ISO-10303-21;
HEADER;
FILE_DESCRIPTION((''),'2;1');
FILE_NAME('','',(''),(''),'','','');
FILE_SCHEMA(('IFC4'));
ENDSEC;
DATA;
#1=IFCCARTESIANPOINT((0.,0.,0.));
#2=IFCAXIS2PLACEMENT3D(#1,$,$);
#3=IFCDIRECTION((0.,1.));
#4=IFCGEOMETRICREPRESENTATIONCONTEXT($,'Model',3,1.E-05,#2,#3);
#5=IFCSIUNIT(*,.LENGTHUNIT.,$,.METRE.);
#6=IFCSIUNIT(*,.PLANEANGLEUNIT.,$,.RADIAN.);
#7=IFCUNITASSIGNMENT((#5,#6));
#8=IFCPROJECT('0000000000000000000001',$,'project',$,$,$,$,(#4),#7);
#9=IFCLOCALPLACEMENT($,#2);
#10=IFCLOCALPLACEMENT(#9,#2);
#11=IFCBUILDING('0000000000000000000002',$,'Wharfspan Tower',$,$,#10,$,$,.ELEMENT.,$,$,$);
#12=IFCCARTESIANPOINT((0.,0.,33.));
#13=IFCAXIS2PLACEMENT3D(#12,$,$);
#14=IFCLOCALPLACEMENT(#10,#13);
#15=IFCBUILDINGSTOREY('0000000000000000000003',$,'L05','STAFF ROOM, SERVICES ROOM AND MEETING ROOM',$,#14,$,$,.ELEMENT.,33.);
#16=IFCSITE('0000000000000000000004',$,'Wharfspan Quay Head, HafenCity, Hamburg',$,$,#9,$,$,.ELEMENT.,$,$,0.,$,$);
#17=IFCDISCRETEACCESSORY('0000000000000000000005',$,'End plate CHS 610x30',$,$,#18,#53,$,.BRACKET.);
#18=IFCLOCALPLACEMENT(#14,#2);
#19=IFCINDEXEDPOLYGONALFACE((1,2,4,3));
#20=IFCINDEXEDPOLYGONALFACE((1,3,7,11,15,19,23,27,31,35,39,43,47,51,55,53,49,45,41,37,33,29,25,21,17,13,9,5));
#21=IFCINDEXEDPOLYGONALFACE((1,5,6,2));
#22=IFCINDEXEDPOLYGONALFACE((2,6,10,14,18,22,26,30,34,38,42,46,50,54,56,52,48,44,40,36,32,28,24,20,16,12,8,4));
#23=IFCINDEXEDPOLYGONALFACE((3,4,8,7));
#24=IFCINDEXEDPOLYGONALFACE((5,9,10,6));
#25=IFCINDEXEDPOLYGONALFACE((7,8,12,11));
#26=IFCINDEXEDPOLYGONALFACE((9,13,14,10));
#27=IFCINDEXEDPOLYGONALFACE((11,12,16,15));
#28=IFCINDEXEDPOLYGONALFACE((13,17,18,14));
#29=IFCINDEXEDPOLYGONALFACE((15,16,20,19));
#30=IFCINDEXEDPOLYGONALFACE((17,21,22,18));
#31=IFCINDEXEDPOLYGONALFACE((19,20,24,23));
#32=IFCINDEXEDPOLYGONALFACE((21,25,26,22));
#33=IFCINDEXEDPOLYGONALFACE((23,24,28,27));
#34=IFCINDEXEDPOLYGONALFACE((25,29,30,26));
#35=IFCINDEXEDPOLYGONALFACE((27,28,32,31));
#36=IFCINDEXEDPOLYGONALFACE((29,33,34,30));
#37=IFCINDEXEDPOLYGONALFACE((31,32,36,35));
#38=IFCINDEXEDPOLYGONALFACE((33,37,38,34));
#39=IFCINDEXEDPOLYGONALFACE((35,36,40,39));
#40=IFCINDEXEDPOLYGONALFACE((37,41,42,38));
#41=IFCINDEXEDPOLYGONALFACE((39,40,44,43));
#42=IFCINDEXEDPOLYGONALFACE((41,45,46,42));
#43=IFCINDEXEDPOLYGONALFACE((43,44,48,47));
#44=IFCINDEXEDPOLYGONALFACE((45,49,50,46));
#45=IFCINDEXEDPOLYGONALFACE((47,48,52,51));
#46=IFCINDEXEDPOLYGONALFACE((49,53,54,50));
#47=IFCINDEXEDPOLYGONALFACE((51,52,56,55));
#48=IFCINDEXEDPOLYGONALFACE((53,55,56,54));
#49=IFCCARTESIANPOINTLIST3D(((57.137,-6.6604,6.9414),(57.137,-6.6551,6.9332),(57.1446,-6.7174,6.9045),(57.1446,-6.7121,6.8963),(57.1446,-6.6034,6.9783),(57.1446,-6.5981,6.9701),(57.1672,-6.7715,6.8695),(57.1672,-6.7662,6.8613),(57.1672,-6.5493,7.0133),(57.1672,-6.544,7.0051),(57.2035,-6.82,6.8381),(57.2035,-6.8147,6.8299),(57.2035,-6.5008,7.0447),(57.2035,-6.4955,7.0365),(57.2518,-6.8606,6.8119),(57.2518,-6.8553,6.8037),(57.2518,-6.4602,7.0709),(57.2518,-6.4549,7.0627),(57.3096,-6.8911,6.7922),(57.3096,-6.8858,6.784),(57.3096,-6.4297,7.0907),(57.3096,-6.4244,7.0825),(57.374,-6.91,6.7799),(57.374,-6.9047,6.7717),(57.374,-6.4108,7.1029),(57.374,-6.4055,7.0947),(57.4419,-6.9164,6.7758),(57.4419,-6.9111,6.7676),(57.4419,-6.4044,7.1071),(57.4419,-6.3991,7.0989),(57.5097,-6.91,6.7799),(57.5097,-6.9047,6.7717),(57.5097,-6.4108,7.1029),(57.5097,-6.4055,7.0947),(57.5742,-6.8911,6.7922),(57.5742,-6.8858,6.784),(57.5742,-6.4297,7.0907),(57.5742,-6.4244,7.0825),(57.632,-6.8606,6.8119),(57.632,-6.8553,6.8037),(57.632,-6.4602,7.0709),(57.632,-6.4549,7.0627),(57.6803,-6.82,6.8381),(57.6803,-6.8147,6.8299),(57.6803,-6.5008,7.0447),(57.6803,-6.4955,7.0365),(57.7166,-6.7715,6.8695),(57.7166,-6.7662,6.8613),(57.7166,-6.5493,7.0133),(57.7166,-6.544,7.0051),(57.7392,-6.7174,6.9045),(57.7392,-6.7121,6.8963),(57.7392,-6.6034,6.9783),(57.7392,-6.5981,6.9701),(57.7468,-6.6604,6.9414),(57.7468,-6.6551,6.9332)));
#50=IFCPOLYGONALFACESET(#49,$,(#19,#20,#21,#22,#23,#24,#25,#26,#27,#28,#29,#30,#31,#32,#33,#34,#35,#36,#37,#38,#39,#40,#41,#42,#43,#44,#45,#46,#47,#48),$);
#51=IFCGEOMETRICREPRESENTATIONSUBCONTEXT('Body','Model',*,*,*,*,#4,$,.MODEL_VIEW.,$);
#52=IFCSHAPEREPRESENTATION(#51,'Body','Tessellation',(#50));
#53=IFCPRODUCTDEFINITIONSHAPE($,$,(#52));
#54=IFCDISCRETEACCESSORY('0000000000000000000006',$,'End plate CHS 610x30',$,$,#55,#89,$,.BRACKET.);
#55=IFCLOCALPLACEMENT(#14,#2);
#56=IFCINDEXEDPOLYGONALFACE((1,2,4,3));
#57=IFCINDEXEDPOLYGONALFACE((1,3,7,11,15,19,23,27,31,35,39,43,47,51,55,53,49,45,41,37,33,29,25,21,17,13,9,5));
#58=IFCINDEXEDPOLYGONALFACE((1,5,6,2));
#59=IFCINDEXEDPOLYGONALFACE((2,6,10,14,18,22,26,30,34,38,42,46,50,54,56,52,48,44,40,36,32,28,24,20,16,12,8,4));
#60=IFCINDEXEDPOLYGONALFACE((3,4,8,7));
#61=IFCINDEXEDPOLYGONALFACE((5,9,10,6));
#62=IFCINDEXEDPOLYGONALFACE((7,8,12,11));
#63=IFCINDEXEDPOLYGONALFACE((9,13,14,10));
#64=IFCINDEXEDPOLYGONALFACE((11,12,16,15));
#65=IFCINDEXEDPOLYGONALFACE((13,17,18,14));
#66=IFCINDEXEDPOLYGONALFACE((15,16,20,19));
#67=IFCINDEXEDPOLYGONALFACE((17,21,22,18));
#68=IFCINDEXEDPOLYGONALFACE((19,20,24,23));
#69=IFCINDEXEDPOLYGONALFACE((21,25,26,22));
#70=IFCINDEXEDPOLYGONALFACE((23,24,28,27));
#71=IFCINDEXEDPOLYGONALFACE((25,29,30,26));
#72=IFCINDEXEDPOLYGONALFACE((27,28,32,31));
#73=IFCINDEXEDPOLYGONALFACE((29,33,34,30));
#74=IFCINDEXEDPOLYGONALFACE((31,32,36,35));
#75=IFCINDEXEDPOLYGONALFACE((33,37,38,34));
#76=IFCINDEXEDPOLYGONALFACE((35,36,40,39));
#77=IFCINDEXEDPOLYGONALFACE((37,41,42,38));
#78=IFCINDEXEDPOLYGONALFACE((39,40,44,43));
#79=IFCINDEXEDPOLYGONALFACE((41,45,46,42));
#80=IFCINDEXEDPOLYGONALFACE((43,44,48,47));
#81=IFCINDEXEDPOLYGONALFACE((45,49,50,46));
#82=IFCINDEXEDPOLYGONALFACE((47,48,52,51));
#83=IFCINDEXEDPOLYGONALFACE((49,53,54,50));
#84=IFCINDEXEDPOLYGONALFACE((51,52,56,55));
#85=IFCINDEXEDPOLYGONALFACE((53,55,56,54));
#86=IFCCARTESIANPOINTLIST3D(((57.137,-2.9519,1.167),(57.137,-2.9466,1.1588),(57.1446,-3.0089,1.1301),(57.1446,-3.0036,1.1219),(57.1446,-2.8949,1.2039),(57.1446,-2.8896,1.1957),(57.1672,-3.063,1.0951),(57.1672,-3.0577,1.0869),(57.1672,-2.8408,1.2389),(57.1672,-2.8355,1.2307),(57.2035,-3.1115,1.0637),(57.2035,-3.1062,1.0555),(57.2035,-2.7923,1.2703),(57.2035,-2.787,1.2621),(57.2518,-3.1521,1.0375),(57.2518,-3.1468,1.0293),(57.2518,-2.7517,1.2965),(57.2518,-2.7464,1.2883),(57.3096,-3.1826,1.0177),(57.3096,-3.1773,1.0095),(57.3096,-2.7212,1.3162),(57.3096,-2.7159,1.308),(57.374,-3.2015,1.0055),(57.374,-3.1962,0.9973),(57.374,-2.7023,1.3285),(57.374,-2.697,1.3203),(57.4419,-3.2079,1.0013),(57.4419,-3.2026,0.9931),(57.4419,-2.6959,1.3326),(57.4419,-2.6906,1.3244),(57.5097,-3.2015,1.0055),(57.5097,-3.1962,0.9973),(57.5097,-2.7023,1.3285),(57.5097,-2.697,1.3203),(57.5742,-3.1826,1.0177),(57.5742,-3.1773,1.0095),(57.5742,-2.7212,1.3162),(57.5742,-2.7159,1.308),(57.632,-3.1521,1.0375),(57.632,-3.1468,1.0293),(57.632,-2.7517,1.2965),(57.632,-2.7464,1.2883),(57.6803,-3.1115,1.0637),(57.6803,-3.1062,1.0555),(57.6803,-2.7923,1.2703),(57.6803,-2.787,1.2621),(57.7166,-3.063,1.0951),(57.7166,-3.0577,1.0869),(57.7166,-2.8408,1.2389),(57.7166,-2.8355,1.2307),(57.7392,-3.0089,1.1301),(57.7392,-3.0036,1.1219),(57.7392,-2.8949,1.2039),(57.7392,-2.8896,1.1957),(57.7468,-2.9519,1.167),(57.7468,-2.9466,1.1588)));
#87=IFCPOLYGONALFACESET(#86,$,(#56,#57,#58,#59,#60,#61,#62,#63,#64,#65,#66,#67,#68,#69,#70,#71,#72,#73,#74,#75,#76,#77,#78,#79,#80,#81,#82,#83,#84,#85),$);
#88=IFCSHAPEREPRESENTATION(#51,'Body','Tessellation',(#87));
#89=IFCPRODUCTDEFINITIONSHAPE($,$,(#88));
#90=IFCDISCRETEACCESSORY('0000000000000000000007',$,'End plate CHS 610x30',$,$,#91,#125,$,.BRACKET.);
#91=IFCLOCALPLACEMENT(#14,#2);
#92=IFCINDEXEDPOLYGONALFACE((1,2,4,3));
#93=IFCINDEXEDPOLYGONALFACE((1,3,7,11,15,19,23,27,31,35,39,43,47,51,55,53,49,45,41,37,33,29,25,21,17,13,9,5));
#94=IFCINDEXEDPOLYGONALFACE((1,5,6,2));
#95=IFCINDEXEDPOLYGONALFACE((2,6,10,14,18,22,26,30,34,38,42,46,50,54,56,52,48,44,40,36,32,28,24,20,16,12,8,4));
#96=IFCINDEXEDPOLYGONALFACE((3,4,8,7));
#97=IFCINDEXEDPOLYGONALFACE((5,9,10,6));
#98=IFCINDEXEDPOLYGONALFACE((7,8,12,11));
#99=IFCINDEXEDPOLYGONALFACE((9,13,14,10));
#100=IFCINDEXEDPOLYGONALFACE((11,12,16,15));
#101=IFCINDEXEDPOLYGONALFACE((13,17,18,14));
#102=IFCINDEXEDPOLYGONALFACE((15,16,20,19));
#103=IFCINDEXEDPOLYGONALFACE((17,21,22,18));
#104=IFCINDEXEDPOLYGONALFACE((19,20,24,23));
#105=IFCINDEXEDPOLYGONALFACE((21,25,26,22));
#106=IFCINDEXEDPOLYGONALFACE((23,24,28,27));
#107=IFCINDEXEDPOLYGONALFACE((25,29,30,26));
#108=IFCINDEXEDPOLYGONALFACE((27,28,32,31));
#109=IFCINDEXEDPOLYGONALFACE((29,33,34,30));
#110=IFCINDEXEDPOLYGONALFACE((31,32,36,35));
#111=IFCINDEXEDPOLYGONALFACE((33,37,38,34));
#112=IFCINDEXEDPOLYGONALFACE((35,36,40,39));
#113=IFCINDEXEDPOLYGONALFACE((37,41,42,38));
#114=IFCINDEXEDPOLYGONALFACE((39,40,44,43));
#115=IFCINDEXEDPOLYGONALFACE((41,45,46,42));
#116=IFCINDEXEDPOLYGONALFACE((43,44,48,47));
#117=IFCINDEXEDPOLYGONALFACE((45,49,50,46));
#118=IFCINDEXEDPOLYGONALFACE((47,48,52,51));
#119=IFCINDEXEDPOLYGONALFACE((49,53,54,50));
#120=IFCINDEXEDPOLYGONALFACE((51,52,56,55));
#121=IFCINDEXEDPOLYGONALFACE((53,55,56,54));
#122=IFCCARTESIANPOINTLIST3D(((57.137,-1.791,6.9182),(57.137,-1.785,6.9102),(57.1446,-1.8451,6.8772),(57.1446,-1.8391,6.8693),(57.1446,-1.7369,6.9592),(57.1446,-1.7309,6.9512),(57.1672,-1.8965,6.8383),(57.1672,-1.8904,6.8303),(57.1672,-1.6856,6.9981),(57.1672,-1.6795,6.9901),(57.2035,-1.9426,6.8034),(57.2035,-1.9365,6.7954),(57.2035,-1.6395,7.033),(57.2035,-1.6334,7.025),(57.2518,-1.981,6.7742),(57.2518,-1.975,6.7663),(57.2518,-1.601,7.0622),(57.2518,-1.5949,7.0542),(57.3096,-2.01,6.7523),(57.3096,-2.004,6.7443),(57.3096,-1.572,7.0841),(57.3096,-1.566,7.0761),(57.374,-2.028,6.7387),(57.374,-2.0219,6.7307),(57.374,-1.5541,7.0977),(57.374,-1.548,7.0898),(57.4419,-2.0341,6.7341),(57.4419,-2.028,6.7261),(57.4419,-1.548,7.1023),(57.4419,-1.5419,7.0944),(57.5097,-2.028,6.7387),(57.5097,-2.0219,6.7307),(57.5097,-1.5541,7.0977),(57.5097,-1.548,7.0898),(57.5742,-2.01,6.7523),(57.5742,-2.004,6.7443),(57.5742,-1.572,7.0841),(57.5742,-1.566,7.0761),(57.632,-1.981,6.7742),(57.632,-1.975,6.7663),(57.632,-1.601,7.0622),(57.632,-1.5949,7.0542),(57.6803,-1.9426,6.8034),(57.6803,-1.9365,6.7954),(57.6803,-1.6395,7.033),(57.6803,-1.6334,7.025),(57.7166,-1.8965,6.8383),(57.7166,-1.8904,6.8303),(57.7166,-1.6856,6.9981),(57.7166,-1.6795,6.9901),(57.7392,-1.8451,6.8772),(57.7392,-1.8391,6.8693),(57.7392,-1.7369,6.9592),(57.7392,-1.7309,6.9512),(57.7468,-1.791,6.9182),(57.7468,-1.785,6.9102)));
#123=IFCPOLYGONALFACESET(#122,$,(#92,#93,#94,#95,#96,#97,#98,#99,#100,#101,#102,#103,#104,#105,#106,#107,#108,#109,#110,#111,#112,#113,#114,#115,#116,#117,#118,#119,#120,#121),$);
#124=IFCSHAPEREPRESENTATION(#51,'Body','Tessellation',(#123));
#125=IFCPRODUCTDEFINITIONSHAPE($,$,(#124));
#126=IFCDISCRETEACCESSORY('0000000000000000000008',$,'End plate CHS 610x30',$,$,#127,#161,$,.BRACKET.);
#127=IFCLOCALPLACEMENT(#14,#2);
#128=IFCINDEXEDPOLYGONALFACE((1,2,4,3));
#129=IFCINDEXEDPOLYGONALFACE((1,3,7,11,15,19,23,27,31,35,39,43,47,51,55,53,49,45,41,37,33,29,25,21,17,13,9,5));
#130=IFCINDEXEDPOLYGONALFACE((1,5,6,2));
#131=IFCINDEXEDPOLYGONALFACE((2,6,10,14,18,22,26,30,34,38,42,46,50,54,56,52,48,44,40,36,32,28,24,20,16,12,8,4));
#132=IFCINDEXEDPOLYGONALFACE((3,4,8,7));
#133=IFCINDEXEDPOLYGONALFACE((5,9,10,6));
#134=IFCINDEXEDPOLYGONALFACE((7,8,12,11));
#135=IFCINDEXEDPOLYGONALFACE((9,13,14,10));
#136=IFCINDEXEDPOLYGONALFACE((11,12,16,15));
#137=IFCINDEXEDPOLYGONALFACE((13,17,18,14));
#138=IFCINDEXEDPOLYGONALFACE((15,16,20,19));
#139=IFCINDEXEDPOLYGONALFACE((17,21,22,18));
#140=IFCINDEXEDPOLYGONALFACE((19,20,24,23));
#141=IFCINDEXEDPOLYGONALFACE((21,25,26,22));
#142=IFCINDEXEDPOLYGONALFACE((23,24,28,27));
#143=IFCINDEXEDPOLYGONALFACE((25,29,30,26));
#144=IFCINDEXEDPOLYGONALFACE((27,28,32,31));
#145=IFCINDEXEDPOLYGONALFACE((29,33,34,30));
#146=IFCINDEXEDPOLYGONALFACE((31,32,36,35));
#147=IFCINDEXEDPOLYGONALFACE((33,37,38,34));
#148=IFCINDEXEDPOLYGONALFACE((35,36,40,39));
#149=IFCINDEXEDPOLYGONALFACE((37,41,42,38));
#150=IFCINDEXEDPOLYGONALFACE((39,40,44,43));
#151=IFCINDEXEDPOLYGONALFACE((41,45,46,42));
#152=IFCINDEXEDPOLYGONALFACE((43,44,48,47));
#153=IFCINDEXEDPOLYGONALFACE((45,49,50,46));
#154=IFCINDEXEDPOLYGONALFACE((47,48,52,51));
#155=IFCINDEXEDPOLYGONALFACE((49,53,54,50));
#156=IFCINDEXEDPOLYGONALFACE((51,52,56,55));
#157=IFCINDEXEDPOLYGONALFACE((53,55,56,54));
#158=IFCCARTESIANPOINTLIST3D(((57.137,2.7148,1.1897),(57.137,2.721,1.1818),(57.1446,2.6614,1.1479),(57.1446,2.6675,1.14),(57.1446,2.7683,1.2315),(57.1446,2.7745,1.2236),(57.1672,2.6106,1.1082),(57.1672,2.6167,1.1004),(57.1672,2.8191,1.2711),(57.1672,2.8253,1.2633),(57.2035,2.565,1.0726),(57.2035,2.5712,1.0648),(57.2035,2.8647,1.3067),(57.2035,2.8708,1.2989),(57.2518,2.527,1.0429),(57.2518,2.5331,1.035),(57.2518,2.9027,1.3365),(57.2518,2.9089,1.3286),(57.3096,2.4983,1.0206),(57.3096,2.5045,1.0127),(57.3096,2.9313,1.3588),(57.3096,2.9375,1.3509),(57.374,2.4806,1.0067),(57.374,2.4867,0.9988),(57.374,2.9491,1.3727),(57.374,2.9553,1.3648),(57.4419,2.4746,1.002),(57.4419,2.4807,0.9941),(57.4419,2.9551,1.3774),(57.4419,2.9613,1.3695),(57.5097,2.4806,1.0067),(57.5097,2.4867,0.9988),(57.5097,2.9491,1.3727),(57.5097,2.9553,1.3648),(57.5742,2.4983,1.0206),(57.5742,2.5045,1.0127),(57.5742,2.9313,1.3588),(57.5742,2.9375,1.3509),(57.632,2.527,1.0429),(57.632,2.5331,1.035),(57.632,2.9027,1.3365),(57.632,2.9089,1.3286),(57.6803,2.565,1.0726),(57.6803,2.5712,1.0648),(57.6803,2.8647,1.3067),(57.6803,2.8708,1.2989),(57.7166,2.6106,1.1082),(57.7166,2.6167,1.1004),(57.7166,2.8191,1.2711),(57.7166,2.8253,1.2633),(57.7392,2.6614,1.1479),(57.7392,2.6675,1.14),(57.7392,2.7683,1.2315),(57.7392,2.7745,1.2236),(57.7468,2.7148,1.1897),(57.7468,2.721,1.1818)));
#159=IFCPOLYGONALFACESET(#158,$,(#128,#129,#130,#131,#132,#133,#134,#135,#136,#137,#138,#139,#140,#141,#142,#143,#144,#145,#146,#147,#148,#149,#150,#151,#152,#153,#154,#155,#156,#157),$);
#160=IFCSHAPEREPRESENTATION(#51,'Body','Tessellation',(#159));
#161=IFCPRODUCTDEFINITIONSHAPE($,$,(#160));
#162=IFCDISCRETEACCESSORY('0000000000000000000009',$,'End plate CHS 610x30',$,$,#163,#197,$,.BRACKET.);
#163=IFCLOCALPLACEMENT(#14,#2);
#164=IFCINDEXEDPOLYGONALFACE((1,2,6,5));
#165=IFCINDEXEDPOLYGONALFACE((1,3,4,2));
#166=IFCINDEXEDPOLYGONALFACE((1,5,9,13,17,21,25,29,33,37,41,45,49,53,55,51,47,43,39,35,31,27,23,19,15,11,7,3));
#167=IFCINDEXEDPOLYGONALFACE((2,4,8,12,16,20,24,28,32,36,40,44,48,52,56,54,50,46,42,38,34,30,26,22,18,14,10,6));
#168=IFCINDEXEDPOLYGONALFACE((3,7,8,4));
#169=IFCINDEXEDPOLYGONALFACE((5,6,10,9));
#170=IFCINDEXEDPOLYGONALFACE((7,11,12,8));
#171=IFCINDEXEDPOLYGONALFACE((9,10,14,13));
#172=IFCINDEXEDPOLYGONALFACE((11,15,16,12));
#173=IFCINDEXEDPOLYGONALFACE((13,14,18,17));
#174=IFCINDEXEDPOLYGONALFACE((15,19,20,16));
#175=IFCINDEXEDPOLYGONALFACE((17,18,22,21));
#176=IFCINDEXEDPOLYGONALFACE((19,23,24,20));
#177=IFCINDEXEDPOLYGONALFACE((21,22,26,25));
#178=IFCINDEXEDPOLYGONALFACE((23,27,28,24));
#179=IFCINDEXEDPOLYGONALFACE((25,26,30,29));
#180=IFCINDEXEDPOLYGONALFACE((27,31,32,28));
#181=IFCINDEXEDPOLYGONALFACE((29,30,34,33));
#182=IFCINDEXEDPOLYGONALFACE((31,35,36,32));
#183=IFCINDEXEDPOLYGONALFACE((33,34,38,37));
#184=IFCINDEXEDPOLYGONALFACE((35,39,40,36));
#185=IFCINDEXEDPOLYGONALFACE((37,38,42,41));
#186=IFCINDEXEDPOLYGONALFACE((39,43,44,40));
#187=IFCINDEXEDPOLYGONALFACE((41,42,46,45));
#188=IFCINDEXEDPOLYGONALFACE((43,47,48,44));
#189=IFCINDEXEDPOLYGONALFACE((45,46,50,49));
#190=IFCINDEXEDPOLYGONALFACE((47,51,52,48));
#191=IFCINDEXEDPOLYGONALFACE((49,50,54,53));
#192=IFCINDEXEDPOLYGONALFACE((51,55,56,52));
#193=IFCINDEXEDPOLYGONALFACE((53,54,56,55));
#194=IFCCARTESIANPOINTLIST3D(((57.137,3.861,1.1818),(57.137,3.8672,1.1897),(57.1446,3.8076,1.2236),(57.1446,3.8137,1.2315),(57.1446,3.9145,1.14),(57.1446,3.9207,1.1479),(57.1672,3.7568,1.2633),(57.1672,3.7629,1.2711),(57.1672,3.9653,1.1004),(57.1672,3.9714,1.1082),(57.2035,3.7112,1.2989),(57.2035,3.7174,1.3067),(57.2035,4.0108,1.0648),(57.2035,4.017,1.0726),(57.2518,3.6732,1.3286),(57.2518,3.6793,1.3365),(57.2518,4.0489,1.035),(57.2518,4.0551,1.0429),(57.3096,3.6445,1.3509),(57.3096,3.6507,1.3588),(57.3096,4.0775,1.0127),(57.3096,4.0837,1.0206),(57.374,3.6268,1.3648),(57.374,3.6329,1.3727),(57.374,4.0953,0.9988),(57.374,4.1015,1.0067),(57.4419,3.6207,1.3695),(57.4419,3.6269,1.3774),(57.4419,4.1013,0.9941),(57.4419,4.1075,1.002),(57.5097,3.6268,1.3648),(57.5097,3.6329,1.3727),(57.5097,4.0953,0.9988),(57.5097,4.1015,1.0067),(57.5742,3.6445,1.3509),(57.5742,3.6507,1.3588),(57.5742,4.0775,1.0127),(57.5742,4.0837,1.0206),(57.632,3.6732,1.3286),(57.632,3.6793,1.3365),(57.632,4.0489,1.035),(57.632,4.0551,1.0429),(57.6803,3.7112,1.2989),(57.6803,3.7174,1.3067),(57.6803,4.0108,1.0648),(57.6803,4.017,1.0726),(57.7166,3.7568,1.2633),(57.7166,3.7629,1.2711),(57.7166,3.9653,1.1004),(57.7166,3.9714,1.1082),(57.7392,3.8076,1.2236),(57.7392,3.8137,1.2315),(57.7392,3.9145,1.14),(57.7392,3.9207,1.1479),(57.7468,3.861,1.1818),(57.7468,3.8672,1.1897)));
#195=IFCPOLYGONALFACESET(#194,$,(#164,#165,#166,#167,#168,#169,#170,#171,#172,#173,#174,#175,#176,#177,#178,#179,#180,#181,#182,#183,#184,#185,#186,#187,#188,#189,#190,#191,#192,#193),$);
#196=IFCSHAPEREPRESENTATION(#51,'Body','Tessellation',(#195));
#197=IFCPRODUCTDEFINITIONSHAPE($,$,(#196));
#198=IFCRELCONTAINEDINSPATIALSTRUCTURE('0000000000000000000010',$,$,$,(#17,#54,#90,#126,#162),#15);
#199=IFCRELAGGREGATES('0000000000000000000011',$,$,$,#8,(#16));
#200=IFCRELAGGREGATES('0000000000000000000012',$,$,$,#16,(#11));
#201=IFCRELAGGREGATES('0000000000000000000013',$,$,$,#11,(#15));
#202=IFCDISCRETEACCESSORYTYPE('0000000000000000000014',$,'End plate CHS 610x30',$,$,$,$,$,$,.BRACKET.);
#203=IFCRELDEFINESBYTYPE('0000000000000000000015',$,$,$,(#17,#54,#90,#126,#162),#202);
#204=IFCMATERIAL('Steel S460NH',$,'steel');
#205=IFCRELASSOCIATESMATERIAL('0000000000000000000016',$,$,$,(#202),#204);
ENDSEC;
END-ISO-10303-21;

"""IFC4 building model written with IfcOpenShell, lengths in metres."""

from ifc_helpers import new_model, si_unit, direction, frame, origin, origin_2d, place, context, subcontext, project, spatial, circle, extrude, material, material_profile, profile_set, type_object, element, save


model = new_model("IFC4")

# Units and contexts
model_context = context("Model", 3, precision=1e-05, world=origin(), true_north=direction((0.0, 1.0)))
body_context = subcontext(model_context, "Body", "Model", "MODEL_VIEW")
ifc_project = project(units=[si_unit("LENGTHUNIT", "METRE"), si_unit("PLANEANGLEUNIT", "RADIAN")], contexts=[model_context])

# Site, building, storey
site_placement = place(None, origin())
site = spatial("IfcSite", under=ifc_project, at=site_placement, Name="Wharfspan Quay Head, HafenCity, Hamburg", CompositionType="ELEMENT", RefElevation=0.0)
building_placement = place(site_placement, origin())
building = spatial("IfcBuilding", under=site, at=building_placement, Name="Wharfspan Tower", CompositionType="ELEMENT")
storey_placement = place(building_placement, frame((0.0, 0.0, 33.0)))
storey = spatial("IfcBuildingStorey", under=building, at=storey_placement, Name="L05", Description="STAFF ROOM, SERVICES ROOM AND MEETING ROOM", CompositionType="ELEMENT", Elevation=33.0)

# Shared definitions
ifc_material_1 = material(Name="Steel S460NH", Category="steel")

# Discrete accessories
ifc_material_profile_1 = material_profile(ifc_material_1, circle(Radius=0.3049, at=origin_2d()))
ifc_profile_set_1 = profile_set([ifc_material_profile_1], Name="Steel S460NH")
discrete_accessory_type = type_object("IfcDiscreteAccessoryType", Name="End plate CHS 610x30", PredefinedType="BRACKET", material=ifc_profile_set_1)
for number, where, z_axis, x_axis, name in (
    (1, (57.4419, -6.6604, 6.9414), (0.0, 0.543251, -0.83957), (-1.0, 0.0, 0.0), "End plate CHS 610x30"),
    (2, (57.4419, -2.9519, 1.167), (0.0, 0.543251, -0.83957), (-1.0, 0.0, 0.0), "End plate CHS 610x30"),
):
    element("IfcDiscreteAccessory", number, at=place(storey_placement, frame(where, z_axis=z_axis, x_axis=x_axis)), inside=storey, type_object=discrete_accessory_type, Name=name, PredefinedType="BRACKET", context=body_context, shape_type="SweptSolid", body=[
        extrude(circle(Radius=0.3049, at=origin_2d()), origin(), (0.0, 0.0, 1.0), 0.0098),
    ])
for number, where, z_axis, x_axis, name in (
    (3, (57.4419, -1.791, 6.9182), (0.0, 0.603858, -0.797092), (-1.0, 0.0, 0.0), "End plate CHS 610x30"),
    (4, (57.4419, 2.7148, 1.1897), (0.0, 0.615644, -0.788024), (-1.0, 0.0, 0.0), "End plate CHS 610x30"),
    (5, (57.4419, 3.8672, 1.1897), (0.0, -0.615644, -0.788024), (1.0, 0.0, 0.0), "End plate CHS 610x30"),
):
    element("IfcDiscreteAccessory", number, at=place(storey_placement, frame(where, z_axis=z_axis, x_axis=x_axis)), inside=storey, type_object=discrete_accessory_type, Name=name, PredefinedType="BRACKET", context=body_context, shape_type="SweptSolid", body=[
        extrude(circle(Radius=0.3049, at=origin_2d()), origin(), (0.0, 0.0, 1.0), 0.01),
    ])

save(model, "model.ifc")
